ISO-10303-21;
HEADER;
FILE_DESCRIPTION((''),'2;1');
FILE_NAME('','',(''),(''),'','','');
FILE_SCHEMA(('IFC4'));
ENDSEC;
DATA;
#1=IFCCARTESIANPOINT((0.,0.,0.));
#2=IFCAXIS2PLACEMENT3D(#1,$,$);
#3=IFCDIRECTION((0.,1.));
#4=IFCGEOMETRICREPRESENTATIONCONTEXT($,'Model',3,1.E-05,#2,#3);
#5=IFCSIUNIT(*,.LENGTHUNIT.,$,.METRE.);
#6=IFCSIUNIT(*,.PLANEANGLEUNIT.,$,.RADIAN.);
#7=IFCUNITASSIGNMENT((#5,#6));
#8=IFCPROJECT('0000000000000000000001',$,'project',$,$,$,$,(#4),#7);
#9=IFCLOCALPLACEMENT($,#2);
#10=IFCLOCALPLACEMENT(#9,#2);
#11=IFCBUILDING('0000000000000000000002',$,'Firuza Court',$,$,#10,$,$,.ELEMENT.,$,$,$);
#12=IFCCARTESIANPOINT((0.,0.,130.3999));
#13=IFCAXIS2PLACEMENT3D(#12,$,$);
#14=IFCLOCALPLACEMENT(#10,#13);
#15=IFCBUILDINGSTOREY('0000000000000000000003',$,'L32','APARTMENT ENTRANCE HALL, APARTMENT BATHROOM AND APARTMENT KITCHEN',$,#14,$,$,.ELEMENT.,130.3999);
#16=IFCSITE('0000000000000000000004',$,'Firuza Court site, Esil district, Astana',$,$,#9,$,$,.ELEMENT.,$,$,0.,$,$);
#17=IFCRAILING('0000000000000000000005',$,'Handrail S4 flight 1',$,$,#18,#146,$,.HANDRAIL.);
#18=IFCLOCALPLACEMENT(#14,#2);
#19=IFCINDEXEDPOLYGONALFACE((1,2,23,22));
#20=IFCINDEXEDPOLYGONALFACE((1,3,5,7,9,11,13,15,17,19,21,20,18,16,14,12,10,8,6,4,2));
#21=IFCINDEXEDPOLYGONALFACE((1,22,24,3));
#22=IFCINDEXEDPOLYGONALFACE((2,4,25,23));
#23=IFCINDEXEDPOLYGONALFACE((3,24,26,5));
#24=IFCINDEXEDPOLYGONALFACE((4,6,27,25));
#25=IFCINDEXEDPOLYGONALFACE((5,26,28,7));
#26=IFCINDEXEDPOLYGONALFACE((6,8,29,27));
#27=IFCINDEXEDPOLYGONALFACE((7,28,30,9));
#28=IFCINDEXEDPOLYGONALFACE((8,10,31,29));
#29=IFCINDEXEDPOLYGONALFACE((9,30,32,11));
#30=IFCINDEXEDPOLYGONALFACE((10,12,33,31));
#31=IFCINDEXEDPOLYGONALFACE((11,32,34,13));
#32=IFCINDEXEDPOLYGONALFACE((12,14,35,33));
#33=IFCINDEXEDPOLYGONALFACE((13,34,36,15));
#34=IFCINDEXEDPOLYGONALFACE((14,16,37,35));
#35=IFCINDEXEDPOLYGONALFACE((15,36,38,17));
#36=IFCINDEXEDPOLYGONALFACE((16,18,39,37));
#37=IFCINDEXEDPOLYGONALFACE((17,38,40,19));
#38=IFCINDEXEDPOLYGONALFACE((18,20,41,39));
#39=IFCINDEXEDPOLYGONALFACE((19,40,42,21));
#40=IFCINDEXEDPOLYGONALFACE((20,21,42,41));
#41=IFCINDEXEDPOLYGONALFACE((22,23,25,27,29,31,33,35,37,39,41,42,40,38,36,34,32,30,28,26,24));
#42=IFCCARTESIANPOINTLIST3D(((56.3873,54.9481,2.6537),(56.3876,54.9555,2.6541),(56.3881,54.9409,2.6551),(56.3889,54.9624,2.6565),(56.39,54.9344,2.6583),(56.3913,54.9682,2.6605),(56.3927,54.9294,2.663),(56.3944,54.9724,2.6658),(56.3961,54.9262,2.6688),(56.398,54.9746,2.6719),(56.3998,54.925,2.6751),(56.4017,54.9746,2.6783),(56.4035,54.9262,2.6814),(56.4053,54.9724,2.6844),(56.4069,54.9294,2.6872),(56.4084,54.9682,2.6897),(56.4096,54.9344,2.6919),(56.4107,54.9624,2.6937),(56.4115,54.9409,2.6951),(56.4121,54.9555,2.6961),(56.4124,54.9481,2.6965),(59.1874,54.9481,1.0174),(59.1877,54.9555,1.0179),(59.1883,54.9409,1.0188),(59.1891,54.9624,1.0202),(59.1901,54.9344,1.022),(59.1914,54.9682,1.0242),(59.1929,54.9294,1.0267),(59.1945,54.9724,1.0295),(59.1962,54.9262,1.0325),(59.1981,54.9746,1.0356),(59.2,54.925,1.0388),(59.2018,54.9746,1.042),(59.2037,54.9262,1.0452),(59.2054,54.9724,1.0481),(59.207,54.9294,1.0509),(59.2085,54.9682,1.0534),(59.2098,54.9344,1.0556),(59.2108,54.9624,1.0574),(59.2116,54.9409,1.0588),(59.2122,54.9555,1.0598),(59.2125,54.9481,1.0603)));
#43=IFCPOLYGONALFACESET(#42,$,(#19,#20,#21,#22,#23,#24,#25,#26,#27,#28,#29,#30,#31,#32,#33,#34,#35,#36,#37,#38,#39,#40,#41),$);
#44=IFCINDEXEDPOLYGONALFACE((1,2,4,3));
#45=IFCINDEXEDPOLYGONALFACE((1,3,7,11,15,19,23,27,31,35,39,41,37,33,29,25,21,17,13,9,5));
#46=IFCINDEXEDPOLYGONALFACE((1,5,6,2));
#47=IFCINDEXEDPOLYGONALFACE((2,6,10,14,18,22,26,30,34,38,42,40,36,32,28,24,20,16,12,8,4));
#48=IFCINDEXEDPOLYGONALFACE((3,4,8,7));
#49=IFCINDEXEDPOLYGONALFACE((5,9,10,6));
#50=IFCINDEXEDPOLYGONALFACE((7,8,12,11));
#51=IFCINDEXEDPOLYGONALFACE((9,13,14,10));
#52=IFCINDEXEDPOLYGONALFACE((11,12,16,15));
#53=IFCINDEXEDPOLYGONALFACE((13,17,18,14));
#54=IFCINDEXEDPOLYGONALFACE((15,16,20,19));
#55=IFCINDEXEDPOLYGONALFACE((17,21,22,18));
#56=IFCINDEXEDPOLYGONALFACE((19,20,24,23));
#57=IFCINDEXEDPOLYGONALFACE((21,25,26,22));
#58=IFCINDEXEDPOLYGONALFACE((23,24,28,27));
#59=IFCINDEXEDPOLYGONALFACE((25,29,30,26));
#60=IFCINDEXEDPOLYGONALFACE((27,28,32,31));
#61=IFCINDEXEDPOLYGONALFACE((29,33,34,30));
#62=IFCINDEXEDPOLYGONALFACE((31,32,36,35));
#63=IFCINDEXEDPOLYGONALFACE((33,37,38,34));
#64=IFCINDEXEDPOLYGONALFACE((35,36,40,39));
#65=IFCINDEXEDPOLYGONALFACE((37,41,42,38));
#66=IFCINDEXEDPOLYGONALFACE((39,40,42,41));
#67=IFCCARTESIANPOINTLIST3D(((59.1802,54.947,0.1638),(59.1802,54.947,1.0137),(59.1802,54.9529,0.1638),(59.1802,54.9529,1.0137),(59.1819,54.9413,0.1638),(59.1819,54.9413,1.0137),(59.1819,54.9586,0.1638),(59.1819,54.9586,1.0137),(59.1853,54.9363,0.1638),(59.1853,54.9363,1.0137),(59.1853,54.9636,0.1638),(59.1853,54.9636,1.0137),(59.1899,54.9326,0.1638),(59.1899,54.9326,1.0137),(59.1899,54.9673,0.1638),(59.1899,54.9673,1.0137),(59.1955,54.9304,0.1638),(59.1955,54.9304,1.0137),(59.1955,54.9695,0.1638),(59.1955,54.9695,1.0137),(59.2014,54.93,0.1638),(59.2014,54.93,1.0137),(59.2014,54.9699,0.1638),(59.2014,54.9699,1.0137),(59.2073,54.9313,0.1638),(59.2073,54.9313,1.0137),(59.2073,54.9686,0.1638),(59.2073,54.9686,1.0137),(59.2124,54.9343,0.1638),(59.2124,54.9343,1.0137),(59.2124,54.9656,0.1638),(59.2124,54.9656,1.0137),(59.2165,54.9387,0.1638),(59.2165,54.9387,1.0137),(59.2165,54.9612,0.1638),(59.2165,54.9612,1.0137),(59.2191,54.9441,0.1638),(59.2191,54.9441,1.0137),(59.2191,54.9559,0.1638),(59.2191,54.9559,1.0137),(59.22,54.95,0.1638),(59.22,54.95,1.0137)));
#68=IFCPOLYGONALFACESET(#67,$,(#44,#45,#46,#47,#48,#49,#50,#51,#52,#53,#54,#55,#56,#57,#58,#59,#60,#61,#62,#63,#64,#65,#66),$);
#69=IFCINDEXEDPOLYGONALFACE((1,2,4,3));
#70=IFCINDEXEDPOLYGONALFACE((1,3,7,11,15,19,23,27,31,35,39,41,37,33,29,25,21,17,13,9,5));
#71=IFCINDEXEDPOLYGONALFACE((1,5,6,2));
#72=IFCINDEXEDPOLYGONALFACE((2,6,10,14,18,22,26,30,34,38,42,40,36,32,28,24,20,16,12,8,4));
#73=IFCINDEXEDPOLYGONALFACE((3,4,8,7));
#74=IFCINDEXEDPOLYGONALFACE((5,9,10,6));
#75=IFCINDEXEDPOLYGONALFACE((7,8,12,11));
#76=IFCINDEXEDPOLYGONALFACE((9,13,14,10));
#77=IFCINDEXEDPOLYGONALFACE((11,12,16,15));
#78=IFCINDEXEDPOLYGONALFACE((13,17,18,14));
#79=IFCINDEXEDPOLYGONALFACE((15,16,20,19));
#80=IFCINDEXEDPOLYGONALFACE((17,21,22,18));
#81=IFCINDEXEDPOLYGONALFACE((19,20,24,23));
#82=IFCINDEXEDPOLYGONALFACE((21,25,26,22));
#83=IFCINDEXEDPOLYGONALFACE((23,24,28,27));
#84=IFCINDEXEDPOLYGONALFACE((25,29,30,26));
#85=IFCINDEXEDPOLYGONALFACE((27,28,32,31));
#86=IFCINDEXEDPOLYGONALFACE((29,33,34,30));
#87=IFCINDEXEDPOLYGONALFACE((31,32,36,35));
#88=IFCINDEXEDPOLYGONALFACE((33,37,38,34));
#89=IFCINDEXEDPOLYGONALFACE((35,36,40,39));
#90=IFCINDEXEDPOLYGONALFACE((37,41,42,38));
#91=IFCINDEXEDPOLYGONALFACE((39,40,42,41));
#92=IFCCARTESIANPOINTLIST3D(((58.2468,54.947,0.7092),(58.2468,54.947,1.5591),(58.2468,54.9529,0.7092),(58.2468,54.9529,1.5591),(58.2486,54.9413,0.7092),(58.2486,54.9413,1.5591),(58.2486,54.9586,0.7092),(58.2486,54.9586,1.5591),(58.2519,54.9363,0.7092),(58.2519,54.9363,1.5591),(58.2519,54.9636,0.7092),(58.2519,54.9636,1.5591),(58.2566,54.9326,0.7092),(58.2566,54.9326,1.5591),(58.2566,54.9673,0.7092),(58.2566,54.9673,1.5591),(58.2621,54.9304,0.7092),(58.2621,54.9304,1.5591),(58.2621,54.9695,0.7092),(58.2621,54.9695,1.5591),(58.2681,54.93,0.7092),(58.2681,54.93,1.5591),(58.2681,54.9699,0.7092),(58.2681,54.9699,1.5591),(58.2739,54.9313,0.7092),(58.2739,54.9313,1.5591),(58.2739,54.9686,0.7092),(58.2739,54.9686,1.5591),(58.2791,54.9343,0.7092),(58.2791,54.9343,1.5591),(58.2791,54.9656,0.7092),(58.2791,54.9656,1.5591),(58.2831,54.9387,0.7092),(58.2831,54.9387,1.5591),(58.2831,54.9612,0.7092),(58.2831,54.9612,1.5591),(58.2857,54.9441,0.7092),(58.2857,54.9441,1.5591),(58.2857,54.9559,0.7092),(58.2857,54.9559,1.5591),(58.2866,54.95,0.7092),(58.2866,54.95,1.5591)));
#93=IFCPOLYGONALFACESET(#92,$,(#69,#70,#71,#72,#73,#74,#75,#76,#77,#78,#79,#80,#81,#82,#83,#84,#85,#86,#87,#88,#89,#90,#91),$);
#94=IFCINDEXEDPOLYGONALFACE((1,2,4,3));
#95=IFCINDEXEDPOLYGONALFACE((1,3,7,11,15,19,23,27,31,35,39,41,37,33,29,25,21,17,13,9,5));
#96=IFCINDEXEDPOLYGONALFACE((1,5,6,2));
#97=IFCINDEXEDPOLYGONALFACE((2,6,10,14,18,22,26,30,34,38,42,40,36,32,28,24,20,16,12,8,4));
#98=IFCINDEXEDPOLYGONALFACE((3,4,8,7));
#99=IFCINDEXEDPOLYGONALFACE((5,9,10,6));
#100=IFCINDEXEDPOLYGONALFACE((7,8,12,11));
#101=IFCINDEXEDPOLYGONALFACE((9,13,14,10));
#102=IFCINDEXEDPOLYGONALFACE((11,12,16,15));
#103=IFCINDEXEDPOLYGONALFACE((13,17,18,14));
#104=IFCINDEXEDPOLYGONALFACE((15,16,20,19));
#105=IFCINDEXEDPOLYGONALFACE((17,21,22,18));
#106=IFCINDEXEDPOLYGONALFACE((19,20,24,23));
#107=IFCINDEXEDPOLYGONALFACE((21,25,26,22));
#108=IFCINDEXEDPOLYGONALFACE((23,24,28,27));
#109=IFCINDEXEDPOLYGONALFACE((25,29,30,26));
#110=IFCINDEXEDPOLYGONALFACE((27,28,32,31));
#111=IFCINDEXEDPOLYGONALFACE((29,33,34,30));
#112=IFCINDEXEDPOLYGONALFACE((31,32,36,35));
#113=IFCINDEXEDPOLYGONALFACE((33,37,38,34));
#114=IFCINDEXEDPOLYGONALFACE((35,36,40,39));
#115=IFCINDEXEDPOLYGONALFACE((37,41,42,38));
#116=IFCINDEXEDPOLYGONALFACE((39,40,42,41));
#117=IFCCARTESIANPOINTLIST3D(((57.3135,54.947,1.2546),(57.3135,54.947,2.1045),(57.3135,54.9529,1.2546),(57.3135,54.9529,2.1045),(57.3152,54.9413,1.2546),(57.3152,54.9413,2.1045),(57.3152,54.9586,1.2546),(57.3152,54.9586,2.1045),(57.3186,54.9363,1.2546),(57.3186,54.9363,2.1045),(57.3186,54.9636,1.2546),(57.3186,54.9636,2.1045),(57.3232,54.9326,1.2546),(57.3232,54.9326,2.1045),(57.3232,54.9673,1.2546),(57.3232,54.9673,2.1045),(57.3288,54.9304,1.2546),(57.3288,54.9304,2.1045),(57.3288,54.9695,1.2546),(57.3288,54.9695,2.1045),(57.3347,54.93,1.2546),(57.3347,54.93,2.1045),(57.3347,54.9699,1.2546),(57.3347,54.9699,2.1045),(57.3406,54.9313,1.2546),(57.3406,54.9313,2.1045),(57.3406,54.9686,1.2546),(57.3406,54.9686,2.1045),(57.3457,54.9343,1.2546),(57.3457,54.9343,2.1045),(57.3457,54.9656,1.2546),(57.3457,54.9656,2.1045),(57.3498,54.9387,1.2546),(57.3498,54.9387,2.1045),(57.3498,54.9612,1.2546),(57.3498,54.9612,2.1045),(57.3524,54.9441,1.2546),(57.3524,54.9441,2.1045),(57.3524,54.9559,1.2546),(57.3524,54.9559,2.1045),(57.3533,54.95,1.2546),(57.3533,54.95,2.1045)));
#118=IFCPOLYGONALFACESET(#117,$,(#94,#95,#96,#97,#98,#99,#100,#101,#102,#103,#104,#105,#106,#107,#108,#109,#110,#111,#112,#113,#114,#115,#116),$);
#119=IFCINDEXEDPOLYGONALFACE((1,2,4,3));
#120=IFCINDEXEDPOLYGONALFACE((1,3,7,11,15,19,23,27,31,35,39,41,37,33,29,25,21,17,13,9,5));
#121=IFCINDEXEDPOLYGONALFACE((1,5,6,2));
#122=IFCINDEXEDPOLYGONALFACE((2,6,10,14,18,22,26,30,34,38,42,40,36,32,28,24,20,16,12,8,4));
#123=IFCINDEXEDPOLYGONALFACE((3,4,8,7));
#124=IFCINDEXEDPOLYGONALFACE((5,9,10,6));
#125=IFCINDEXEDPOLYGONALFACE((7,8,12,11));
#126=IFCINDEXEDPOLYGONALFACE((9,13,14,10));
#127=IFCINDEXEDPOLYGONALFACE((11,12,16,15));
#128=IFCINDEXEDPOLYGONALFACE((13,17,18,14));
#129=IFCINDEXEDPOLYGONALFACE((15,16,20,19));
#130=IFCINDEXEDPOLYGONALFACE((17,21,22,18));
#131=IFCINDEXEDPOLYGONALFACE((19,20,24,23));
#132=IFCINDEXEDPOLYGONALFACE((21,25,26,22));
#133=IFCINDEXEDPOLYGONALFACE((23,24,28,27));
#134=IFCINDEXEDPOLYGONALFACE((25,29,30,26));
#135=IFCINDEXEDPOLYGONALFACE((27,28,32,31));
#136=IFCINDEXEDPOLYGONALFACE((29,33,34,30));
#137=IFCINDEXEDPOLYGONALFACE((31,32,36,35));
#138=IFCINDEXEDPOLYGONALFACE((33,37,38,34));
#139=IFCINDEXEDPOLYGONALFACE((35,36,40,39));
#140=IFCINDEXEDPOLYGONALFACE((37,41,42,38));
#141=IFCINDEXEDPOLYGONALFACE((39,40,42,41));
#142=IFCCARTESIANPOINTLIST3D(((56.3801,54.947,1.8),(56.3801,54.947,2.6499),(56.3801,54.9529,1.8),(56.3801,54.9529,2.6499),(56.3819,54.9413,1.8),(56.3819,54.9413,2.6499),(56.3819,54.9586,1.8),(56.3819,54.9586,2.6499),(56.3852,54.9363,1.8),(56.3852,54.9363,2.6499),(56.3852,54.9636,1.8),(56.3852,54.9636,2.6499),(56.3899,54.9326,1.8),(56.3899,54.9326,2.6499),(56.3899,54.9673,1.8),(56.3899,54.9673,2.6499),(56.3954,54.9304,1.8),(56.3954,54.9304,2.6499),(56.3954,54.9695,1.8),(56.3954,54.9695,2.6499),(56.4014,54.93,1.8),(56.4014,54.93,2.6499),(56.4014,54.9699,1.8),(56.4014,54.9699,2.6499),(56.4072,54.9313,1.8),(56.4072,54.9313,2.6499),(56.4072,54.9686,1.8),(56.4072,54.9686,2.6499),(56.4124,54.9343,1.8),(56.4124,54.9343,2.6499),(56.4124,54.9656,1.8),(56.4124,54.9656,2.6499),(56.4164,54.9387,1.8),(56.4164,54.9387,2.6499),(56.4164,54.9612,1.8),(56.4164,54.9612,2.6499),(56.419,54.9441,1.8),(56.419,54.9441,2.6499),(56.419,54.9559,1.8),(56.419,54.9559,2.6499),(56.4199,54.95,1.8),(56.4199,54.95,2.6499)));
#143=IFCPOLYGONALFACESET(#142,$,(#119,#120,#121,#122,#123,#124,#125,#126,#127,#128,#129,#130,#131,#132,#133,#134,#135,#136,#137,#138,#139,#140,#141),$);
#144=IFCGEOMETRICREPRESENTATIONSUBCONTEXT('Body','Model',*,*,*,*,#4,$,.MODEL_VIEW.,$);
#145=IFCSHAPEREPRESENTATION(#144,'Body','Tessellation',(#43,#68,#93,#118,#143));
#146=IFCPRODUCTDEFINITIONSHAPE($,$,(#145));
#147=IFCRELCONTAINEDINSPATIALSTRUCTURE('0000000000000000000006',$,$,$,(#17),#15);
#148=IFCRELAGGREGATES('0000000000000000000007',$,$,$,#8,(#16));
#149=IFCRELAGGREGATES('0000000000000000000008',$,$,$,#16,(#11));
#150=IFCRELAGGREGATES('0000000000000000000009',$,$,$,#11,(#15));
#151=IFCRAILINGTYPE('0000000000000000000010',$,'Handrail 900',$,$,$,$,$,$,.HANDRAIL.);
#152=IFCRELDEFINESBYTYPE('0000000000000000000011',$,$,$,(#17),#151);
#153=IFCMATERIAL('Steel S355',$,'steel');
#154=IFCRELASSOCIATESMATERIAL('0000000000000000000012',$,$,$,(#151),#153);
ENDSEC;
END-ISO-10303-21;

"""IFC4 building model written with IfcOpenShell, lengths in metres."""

from ifc_helpers import new_model, si_unit, direction, frame, origin, origin_2d, place, context, subcontext, project, spatial, circle, extrude, material, type_object, element, save


model = new_model("IFC4")

# Units and contexts
model_context = context("Model", 3, precision=1e-05, world=origin(), true_north=direction((0.0, 1.0)))
body_context = subcontext(model_context, "Body", "Model", "MODEL_VIEW")
ifc_project = project(units=[si_unit("LENGTHUNIT", "METRE"), si_unit("PLANEANGLEUNIT", "RADIAN")], contexts=[model_context])

# Site, building, storey
site_placement = place(None, origin())
site = spatial("IfcSite", under=ifc_project, at=site_placement, Name="Firuza Court site, Esil district, Astana", CompositionType="ELEMENT", RefElevation=0.0)
building_placement = place(site_placement, origin())
building = spatial("IfcBuilding", under=site, at=building_placement, Name="Firuza Court", CompositionType="ELEMENT")
storey_placement = place(building_placement, frame((0.0, 0.0, 130.3999)))
storey = spatial("IfcBuildingStorey", under=building, at=storey_placement, Name="L32", Description="APARTMENT ENTRANCE HALL, APARTMENT BATHROOM AND APARTMENT KITCHEN", CompositionType="ELEMENT", Elevation=130.3999)

# Railing
ifc_material_1 = material(Name="Steel S355", Category="steel")
railing_type_1 = type_object("IfcRailingType", Name="Handrail 900", PredefinedType="HANDRAIL", material=ifc_material_1)
railing_1_placement = place(storey_placement, frame((59.2, 54.95, 0.1638)))
element("IfcRailing", 1, at=railing_1_placement, inside=storey, type_object=railing_type_1, Name="Handrail S4 flight 1", PredefinedType="HANDRAIL", context=body_context, shape_type="SweptSolid", body=[
    extrude(circle(Radius=0.0249, at=origin_2d()), frame((0.0, 0.0, 0.875), z_axis=(-0.863394, 0.0, 0.504531), x_axis=(0.0, -1.0, 0.0)), (0.0, 0.0, 1.0), 3.2432),
    extrude(circle(Radius=0.02, at=origin_2d()), origin(), (0.0, 0.0, 1.0), 0.8499),
    extrude(circle(Radius=0.02, at=origin_2d()), frame((-0.9333, 0.0, 0.5454)), (0.0, 0.0, 1.0), 0.8499),
    extrude(circle(Radius=0.02, at=origin_2d()), frame((-1.8667, 0.0, 1.0908)), (0.0, 0.0, 1.0), 0.8499),
    extrude(circle(Radius=0.02, at=origin_2d()), frame((-2.8, 0.0, 1.6362)), (0.0, 0.0, 1.0), 0.8499),
])

save(model, "model.ifc")
